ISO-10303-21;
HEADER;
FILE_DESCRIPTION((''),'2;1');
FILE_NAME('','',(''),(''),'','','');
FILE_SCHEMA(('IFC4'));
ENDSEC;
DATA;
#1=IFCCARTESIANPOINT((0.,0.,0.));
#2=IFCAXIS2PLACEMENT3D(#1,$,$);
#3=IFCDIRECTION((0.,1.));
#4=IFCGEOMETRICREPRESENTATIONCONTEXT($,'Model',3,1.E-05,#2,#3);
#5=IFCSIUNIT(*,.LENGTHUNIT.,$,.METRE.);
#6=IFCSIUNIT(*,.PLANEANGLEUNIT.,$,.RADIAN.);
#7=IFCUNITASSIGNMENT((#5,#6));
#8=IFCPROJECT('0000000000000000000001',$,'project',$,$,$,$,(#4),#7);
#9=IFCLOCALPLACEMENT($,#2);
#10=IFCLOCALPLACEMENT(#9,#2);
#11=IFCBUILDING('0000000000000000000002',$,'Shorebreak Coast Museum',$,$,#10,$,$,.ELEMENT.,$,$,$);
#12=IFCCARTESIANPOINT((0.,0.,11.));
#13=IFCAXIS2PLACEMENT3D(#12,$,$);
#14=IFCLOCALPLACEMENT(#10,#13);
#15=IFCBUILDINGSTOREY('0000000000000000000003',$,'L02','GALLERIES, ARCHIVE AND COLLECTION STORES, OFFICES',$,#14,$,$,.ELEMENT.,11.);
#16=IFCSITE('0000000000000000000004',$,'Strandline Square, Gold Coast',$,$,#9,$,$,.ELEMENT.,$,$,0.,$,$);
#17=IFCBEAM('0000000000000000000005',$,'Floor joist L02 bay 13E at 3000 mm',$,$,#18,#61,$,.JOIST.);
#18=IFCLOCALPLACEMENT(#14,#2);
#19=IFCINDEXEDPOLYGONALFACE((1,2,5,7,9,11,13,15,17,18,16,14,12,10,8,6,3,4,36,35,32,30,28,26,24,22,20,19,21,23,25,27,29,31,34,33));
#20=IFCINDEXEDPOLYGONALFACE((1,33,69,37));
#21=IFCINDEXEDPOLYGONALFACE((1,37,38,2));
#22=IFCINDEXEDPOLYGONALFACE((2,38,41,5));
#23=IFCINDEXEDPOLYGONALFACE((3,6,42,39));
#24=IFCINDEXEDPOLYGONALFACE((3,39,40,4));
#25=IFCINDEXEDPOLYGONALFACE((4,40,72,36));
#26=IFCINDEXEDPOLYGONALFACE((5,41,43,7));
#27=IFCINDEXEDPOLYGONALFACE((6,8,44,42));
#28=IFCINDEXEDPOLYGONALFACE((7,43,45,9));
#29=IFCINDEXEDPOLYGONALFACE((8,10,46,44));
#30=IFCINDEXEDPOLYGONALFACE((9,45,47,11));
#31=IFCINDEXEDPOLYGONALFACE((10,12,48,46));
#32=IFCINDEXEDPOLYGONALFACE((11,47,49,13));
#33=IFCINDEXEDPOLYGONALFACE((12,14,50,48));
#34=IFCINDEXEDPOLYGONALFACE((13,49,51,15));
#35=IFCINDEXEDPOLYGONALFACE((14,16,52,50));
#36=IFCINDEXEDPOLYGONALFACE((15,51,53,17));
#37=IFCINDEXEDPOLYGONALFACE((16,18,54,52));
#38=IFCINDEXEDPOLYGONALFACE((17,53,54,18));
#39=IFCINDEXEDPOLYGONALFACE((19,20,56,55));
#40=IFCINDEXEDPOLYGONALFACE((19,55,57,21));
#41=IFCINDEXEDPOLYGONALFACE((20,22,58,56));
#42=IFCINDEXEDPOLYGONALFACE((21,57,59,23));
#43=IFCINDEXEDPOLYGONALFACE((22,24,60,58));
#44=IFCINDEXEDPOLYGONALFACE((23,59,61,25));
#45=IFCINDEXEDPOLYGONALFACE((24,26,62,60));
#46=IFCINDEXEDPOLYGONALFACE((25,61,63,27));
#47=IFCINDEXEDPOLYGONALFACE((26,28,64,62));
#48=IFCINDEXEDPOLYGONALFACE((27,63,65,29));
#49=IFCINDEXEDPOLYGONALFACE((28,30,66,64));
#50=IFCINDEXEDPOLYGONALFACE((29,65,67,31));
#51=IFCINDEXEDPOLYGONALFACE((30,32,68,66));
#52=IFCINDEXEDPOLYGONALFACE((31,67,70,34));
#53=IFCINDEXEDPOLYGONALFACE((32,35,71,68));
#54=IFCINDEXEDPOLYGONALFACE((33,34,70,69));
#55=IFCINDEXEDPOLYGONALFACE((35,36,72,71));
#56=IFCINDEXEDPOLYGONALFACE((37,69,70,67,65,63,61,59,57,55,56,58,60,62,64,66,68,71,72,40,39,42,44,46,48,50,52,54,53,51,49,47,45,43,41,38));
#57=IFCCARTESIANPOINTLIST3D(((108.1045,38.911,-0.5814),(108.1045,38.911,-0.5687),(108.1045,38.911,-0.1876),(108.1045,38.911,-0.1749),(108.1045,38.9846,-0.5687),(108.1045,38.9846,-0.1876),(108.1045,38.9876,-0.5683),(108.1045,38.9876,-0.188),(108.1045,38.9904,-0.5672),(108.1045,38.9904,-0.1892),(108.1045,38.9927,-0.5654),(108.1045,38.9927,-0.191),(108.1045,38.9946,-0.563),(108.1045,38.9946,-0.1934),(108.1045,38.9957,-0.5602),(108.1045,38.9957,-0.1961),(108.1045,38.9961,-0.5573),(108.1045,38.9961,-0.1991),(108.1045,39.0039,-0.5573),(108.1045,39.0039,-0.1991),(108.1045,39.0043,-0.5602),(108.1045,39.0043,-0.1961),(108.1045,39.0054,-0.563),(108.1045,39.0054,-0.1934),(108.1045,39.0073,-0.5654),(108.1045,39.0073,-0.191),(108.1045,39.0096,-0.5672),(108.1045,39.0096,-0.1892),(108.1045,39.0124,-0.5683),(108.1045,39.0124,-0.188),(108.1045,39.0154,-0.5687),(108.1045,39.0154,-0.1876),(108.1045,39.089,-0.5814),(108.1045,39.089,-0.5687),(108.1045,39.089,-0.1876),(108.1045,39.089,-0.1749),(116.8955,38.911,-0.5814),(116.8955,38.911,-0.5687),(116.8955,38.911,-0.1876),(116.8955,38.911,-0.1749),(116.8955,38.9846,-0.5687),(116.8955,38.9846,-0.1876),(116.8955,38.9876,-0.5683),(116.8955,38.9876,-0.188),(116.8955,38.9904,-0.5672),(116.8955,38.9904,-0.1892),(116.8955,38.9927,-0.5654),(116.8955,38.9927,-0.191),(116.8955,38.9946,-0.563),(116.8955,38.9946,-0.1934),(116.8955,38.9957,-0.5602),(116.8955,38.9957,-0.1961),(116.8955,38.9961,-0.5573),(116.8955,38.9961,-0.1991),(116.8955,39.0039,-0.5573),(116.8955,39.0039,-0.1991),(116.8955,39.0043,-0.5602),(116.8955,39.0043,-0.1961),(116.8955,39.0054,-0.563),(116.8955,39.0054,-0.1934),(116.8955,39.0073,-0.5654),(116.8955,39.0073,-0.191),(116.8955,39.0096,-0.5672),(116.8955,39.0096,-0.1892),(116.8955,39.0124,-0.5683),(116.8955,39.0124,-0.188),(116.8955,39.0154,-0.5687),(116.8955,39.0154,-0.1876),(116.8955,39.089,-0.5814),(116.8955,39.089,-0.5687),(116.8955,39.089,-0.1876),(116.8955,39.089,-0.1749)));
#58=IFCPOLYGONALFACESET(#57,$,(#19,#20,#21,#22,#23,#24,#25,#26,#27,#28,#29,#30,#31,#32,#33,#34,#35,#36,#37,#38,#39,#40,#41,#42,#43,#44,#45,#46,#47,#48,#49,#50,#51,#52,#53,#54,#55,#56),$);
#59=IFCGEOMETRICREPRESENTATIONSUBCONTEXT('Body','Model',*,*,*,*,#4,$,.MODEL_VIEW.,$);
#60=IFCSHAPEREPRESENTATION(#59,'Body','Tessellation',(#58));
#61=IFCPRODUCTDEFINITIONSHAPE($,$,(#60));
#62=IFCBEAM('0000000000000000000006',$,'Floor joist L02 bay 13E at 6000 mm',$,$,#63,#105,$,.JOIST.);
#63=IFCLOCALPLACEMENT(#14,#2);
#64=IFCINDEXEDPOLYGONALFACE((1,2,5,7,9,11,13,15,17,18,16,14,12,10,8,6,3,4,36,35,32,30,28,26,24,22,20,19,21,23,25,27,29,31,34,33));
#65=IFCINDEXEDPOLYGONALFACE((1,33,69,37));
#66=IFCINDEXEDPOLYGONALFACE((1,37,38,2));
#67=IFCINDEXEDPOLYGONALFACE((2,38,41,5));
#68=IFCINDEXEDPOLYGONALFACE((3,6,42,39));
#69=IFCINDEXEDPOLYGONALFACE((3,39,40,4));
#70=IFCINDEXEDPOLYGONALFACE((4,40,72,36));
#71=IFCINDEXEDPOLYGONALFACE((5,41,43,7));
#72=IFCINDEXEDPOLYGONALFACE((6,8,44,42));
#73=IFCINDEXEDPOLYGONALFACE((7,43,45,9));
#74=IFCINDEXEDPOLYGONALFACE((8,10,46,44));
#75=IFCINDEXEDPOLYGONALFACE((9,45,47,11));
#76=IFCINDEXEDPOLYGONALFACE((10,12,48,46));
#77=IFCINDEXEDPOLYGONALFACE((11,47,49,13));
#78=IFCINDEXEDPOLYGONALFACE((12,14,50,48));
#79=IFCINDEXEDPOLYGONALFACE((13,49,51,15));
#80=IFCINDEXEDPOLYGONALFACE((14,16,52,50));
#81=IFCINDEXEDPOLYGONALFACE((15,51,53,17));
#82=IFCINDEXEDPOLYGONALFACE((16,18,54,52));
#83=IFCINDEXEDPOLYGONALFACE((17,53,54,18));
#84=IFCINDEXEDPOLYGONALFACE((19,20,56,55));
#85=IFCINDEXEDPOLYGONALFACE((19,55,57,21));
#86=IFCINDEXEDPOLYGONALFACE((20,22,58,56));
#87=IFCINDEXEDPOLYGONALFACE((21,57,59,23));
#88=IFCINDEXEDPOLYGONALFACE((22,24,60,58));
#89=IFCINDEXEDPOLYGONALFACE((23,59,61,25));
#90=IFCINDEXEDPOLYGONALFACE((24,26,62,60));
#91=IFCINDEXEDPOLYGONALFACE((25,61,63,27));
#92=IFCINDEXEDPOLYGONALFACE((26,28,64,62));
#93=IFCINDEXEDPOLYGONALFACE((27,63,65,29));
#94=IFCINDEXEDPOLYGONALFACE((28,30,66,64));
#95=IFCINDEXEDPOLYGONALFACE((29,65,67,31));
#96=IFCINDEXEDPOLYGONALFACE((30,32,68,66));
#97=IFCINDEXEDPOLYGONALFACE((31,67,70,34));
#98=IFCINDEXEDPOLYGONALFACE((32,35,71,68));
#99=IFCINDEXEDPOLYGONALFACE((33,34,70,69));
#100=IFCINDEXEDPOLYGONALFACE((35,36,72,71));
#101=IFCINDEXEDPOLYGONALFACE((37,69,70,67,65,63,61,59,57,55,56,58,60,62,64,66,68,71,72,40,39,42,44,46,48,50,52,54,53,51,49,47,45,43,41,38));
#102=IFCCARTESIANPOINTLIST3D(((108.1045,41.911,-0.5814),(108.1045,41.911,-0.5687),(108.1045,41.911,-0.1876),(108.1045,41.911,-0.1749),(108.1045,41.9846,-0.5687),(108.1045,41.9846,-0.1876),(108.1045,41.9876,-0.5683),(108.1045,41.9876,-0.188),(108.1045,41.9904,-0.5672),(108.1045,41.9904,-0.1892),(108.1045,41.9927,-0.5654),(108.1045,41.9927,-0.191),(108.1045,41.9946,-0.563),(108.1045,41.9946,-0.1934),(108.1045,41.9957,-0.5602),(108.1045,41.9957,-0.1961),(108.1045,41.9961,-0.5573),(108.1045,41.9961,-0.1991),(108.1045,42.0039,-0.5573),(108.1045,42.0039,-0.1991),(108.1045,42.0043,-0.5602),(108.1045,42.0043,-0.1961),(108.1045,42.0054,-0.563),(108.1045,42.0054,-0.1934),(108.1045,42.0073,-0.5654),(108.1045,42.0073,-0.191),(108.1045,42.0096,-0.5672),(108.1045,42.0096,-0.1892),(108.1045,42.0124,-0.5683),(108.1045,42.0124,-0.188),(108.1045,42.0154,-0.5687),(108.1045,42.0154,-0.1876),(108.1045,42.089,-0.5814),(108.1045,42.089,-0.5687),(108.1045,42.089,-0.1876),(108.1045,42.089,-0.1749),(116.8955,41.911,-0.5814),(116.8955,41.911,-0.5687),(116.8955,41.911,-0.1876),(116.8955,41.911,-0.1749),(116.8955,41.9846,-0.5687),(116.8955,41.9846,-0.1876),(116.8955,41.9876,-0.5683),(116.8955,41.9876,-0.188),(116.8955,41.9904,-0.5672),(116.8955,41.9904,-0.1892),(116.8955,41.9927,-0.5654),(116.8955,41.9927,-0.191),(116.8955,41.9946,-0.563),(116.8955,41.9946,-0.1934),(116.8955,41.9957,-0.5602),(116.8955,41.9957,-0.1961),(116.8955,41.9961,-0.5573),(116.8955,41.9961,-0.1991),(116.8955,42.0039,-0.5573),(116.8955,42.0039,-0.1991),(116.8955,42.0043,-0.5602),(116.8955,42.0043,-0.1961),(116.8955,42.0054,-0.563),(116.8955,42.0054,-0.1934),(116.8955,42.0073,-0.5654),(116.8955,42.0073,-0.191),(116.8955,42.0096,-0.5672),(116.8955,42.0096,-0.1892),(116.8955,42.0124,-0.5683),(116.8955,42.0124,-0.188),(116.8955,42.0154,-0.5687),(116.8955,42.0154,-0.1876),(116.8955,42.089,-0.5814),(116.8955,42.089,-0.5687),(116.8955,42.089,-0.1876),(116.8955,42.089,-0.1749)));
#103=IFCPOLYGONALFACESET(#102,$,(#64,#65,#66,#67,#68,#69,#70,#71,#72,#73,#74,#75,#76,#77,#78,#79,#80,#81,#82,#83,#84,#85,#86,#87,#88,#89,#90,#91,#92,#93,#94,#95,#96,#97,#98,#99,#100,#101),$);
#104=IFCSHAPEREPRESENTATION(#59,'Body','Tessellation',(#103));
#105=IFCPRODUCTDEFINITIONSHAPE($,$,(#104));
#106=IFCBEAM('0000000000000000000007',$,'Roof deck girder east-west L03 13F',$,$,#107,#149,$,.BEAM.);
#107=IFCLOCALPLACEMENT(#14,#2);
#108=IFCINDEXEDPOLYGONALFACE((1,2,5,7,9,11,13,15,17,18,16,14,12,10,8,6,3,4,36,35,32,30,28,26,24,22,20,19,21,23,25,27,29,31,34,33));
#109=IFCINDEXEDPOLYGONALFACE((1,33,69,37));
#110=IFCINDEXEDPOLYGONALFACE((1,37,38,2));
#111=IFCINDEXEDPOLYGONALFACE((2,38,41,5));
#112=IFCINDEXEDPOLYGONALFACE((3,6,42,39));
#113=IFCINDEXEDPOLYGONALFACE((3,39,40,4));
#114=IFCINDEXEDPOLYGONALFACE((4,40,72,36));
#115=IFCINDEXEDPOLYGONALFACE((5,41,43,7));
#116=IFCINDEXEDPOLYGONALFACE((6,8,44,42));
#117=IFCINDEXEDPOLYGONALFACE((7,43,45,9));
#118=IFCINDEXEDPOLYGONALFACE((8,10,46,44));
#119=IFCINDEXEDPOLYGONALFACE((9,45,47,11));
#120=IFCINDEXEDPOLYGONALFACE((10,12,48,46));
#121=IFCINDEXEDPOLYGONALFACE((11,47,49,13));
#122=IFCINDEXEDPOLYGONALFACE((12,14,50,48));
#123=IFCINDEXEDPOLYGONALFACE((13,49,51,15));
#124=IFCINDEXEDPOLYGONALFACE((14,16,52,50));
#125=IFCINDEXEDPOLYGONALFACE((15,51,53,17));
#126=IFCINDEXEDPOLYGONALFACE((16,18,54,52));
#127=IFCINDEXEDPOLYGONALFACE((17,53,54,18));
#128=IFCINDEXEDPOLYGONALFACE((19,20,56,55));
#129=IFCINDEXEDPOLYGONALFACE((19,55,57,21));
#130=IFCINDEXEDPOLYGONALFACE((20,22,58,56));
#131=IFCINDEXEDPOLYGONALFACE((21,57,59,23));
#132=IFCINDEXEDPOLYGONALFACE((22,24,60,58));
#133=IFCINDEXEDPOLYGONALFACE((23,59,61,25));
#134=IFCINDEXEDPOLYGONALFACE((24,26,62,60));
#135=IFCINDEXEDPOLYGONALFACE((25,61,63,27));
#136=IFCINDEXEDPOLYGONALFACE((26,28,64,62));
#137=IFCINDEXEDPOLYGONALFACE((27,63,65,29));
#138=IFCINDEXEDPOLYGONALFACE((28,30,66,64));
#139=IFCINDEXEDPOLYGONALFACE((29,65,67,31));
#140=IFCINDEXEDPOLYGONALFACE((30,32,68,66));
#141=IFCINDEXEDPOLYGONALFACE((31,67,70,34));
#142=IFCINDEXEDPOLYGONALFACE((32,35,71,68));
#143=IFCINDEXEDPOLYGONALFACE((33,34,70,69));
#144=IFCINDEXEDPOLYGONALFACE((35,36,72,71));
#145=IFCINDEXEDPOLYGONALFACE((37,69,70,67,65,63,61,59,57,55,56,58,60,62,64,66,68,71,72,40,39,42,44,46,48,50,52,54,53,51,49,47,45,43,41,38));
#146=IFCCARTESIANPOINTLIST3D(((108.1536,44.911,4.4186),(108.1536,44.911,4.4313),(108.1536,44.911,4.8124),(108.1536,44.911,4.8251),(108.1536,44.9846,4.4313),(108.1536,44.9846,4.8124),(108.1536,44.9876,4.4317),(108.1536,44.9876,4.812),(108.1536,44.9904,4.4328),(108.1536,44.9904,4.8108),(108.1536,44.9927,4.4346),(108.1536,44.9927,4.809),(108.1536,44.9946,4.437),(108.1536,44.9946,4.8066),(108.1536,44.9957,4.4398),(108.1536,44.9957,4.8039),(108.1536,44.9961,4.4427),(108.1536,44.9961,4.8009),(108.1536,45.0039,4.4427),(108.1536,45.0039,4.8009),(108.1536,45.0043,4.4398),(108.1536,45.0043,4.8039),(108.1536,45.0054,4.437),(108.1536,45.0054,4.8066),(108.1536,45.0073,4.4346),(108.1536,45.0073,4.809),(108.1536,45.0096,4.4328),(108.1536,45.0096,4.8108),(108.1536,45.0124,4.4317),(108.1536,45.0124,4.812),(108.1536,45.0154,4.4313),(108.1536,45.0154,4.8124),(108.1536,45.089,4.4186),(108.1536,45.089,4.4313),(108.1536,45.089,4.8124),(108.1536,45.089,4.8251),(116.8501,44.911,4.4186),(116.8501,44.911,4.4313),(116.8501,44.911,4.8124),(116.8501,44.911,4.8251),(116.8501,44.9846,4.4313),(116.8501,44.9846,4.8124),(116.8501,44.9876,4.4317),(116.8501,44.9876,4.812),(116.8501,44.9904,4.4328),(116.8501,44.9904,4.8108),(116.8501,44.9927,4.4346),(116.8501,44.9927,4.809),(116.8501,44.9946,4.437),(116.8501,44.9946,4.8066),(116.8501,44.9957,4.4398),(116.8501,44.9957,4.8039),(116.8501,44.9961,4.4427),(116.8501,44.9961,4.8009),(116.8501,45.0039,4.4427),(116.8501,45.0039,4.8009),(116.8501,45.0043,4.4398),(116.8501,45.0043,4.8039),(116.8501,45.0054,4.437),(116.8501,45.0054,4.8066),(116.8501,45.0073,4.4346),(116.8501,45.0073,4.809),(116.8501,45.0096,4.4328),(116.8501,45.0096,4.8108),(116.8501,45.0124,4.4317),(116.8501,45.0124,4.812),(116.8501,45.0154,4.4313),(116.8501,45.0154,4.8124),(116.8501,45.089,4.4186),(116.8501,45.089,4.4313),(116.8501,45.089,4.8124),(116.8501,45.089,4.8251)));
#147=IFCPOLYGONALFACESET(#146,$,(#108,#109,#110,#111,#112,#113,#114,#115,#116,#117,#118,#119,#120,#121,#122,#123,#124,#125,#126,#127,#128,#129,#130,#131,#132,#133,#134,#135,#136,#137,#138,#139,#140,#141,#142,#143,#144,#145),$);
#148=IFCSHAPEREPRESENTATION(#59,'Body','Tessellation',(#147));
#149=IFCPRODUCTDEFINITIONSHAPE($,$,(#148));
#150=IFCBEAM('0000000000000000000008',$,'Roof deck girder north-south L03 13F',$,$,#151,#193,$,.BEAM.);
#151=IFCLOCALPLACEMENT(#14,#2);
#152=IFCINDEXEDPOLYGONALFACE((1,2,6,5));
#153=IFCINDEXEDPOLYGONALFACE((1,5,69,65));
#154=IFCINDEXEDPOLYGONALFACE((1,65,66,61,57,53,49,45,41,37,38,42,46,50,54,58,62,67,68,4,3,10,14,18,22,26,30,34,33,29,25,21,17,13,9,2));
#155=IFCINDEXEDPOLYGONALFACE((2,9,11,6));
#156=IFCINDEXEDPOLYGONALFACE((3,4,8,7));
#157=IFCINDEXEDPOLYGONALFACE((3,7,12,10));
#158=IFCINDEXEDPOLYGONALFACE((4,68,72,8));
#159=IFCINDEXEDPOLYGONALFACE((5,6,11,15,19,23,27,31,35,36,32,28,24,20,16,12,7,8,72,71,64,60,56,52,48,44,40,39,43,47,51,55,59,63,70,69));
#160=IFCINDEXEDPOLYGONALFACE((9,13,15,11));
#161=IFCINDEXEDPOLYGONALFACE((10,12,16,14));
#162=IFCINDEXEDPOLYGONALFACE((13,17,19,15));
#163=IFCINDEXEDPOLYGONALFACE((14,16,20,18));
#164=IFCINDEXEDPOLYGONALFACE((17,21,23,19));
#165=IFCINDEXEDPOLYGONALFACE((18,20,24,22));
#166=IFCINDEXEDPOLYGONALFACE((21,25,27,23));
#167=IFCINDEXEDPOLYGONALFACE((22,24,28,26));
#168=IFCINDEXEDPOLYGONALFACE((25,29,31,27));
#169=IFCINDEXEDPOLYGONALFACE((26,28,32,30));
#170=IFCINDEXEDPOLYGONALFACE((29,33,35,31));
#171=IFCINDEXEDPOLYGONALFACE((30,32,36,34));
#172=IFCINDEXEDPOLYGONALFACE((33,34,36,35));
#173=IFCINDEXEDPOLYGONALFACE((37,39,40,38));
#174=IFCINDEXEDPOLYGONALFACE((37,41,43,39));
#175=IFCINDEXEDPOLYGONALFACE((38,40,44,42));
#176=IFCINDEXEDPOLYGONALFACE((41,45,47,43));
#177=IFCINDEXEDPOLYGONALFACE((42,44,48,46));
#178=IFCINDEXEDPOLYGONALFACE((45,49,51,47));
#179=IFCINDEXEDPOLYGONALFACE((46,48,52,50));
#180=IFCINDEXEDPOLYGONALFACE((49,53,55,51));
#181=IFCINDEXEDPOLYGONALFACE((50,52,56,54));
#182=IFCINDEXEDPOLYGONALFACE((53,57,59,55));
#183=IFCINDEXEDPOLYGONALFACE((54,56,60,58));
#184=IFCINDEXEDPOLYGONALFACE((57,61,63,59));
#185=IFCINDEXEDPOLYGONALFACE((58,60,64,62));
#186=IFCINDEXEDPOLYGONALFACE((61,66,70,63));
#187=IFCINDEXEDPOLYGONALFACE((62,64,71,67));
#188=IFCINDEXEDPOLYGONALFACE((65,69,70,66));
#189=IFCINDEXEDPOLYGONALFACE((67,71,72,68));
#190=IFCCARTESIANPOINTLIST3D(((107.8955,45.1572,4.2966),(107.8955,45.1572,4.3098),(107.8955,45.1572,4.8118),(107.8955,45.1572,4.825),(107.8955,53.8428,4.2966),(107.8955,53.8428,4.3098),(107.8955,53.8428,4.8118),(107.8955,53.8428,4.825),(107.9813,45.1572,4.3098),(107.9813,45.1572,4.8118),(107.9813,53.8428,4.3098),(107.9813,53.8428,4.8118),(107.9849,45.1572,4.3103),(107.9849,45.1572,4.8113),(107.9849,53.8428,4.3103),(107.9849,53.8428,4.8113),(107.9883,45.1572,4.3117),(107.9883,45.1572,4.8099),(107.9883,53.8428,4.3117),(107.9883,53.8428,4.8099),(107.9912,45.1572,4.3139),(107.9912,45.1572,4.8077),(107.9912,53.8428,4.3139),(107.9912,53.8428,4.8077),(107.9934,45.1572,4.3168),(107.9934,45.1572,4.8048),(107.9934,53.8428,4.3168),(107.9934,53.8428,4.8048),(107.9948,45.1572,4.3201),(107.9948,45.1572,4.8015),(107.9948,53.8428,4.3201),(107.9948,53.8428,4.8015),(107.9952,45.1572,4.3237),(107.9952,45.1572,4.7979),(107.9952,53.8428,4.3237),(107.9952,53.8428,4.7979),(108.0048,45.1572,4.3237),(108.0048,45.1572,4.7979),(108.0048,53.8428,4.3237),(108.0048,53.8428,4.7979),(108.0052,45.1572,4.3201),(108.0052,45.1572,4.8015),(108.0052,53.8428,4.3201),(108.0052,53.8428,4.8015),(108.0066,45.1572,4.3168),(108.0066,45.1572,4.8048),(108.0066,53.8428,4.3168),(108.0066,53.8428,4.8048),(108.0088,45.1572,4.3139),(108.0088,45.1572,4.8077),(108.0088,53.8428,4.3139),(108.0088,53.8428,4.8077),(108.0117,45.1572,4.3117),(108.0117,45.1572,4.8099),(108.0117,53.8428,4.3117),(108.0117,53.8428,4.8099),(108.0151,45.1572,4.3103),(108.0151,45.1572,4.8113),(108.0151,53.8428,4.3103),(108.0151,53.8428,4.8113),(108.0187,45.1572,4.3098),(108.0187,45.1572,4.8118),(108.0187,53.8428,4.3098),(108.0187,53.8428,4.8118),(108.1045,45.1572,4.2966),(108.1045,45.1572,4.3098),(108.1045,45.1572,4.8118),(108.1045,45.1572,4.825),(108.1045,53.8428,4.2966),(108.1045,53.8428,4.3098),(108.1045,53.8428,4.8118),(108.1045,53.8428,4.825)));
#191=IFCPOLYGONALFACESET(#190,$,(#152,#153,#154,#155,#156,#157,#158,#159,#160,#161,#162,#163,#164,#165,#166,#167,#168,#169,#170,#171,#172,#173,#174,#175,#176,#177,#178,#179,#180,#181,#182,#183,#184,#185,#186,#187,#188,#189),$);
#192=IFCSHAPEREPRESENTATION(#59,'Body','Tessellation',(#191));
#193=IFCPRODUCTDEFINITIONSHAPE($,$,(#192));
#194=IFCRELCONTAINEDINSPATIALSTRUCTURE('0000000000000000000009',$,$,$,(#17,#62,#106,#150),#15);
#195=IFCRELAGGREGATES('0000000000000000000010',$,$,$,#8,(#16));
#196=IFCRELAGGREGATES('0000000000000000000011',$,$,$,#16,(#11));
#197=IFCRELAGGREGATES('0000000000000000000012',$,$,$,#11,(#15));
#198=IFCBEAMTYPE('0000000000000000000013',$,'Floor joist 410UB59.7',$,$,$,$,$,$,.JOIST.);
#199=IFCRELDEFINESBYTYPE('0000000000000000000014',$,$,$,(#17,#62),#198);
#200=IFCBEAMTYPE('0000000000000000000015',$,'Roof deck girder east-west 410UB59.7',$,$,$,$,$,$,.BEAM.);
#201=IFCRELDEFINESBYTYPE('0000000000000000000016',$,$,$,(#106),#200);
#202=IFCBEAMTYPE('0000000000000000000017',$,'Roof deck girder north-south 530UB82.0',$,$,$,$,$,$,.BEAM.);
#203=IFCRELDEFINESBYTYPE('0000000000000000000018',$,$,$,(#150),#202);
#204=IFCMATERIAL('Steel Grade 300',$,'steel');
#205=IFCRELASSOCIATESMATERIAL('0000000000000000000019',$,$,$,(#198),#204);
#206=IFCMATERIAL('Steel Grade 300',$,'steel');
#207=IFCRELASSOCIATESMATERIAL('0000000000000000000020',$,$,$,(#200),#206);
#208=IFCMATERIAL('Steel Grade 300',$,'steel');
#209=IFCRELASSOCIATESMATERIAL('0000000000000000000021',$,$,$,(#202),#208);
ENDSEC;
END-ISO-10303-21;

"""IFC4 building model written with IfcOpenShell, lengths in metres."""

from ifc_helpers import new_model, si_unit, direction, frame, origin, origin_2d, place, context, subcontext, project, spatial, i_section, extrude, material, material_profile, profile_set, type_object, element, save


model = new_model("IFC4")

# Units and contexts
model_context = context("Model", 3, precision=1e-05, world=origin(), true_north=direction((0.0, 1.0)))
body_context = subcontext(model_context, "Body", "Model", "MODEL_VIEW")
ifc_project = project(units=[si_unit("LENGTHUNIT", "METRE"), si_unit("PLANEANGLEUNIT", "RADIAN")], contexts=[model_context])

# Site, building, storey
site_placement = place(None, origin())
site = spatial("IfcSite", under=ifc_project, at=site_placement, Name="Strandline Square, Gold Coast", CompositionType="ELEMENT", RefElevation=0.0)
building_placement = place(site_placement, origin())
building = spatial("IfcBuilding", under=site, at=building_placement, Name="Shorebreak Coast Museum", CompositionType="ELEMENT")
storey_placement = place(building_placement, frame((0.0, 0.0, 11.0)))
storey = spatial("IfcBuildingStorey", under=building, at=storey_placement, Name="L02", Description="GALLERIES, ARCHIVE AND COLLECTION STORES, OFFICES", CompositionType="ELEMENT", Elevation=11.0)

# Beams
ifc_material_1 = material(Name="Steel Grade 300", Category="steel")
ifc_material_profile_1 = material_profile(ifc_material_1, i_section(OverallWidth=0.178, OverallDepth=0.4065, WebThickness=0.0078, FlangeThickness=0.0127, FilletRadius=0.0115, at=origin_2d()), Name="410UB59.7")
ifc_profile_set_1 = profile_set([ifc_material_profile_1], Name="Steel Grade 300")
beam_type_1 = type_object("IfcBeamType", Name="Floor joist 410UB59.7", PredefinedType="JOIST", material=ifc_profile_set_1)
for number, where, z_axis, x_axis, name in (
    (1, (108.1045, 39.0, -0.3782), (1.0, 0.0, 0.0), (0.0, 1.0, 0.0), "Floor joist L02 bay 13E at 3000 mm"),
    (2, (108.1045, 42.0, -0.3782), (1.0, 0.0, 0.0), (0.0, 1.0, 0.0), "Floor joist L02 bay 13E at 6000 mm"),
):
    element("IfcBeam", number, at=place(storey_placement, frame(where, z_axis=z_axis, x_axis=x_axis)), inside=storey, type_object=beam_type_1, Name=name, PredefinedType="JOIST", context=body_context, shape_type="SweptSolid", body=[
        extrude(i_section(OverallWidth=0.178, OverallDepth=0.4065, WebThickness=0.0078, FlangeThickness=0.0127, FilletRadius=0.0115, at=origin_2d()), origin(), (0.0, 0.0, 1.0), 8.791),
    ])
ifc_material_2 = material(Name="Steel Grade 300", Category="steel")
ifc_material_profile_2 = material_profile(ifc_material_2, i_section(OverallWidth=0.178, OverallDepth=0.4065, WebThickness=0.0078, FlangeThickness=0.0127, FilletRadius=0.0115, at=origin_2d()), Name="410UB59.7")
ifc_profile_set_2 = profile_set([ifc_material_profile_2], Name="Steel Grade 300")
beam_type_2 = type_object("IfcBeamType", Name="Roof deck girder east-west 410UB59.7", PredefinedType="BEAM", material=ifc_profile_set_2)
beam_1_placement = place(storey_placement, frame((108.1536, 45.0, 4.6218), z_axis=(1.0, 0.0, 0.0), x_axis=(0.0, 1.0, 0.0)))
element("IfcBeam", 3, at=beam_1_placement, inside=storey, type_object=beam_type_2, Name="Roof deck girder east-west L03 13F", PredefinedType="BEAM", context=body_context, shape_type="SweptSolid", body=[
    extrude(i_section(OverallWidth=0.178, OverallDepth=0.4065, WebThickness=0.0078, FlangeThickness=0.0127, FilletRadius=0.0115, at=origin_2d()), origin(), (0.0, 0.0, 1.0), 8.6965),
])
ifc_material_3 = material(Name="Steel Grade 300", Category="steel")
ifc_material_profile_3 = material_profile(ifc_material_3, i_section(OverallWidth=0.209, OverallDepth=0.5283, WebThickness=0.0095, FlangeThickness=0.0132, FilletRadius=0.0139, at=origin_2d()), Name="530UB82.0")
ifc_profile_set_3 = profile_set([ifc_material_profile_3], Name="Steel Grade 300")
beam_type_3 = type_object("IfcBeamType", Name="Roof deck girder north-south 530UB82.0", PredefinedType="BEAM", material=ifc_profile_set_3)
beam_2_placement = place(storey_placement, frame((108.0, 45.1572, 4.5608), z_axis=(0.0, 1.0, 0.0), x_axis=(-1.0, 0.0, 0.0)))
element("IfcBeam", 4, at=beam_2_placement, inside=storey, type_object=beam_type_3, Name="Roof deck girder north-south L03 13F", PredefinedType="BEAM", context=body_context, shape_type="SweptSolid", body=[
    extrude(i_section(OverallWidth=0.209, OverallDepth=0.5283, WebThickness=0.0095, FlangeThickness=0.0132, FilletRadius=0.0139, at=origin_2d()), origin(), (0.0, 0.0, 1.0), 8.6855),
])

save(model, "model.ifc")
